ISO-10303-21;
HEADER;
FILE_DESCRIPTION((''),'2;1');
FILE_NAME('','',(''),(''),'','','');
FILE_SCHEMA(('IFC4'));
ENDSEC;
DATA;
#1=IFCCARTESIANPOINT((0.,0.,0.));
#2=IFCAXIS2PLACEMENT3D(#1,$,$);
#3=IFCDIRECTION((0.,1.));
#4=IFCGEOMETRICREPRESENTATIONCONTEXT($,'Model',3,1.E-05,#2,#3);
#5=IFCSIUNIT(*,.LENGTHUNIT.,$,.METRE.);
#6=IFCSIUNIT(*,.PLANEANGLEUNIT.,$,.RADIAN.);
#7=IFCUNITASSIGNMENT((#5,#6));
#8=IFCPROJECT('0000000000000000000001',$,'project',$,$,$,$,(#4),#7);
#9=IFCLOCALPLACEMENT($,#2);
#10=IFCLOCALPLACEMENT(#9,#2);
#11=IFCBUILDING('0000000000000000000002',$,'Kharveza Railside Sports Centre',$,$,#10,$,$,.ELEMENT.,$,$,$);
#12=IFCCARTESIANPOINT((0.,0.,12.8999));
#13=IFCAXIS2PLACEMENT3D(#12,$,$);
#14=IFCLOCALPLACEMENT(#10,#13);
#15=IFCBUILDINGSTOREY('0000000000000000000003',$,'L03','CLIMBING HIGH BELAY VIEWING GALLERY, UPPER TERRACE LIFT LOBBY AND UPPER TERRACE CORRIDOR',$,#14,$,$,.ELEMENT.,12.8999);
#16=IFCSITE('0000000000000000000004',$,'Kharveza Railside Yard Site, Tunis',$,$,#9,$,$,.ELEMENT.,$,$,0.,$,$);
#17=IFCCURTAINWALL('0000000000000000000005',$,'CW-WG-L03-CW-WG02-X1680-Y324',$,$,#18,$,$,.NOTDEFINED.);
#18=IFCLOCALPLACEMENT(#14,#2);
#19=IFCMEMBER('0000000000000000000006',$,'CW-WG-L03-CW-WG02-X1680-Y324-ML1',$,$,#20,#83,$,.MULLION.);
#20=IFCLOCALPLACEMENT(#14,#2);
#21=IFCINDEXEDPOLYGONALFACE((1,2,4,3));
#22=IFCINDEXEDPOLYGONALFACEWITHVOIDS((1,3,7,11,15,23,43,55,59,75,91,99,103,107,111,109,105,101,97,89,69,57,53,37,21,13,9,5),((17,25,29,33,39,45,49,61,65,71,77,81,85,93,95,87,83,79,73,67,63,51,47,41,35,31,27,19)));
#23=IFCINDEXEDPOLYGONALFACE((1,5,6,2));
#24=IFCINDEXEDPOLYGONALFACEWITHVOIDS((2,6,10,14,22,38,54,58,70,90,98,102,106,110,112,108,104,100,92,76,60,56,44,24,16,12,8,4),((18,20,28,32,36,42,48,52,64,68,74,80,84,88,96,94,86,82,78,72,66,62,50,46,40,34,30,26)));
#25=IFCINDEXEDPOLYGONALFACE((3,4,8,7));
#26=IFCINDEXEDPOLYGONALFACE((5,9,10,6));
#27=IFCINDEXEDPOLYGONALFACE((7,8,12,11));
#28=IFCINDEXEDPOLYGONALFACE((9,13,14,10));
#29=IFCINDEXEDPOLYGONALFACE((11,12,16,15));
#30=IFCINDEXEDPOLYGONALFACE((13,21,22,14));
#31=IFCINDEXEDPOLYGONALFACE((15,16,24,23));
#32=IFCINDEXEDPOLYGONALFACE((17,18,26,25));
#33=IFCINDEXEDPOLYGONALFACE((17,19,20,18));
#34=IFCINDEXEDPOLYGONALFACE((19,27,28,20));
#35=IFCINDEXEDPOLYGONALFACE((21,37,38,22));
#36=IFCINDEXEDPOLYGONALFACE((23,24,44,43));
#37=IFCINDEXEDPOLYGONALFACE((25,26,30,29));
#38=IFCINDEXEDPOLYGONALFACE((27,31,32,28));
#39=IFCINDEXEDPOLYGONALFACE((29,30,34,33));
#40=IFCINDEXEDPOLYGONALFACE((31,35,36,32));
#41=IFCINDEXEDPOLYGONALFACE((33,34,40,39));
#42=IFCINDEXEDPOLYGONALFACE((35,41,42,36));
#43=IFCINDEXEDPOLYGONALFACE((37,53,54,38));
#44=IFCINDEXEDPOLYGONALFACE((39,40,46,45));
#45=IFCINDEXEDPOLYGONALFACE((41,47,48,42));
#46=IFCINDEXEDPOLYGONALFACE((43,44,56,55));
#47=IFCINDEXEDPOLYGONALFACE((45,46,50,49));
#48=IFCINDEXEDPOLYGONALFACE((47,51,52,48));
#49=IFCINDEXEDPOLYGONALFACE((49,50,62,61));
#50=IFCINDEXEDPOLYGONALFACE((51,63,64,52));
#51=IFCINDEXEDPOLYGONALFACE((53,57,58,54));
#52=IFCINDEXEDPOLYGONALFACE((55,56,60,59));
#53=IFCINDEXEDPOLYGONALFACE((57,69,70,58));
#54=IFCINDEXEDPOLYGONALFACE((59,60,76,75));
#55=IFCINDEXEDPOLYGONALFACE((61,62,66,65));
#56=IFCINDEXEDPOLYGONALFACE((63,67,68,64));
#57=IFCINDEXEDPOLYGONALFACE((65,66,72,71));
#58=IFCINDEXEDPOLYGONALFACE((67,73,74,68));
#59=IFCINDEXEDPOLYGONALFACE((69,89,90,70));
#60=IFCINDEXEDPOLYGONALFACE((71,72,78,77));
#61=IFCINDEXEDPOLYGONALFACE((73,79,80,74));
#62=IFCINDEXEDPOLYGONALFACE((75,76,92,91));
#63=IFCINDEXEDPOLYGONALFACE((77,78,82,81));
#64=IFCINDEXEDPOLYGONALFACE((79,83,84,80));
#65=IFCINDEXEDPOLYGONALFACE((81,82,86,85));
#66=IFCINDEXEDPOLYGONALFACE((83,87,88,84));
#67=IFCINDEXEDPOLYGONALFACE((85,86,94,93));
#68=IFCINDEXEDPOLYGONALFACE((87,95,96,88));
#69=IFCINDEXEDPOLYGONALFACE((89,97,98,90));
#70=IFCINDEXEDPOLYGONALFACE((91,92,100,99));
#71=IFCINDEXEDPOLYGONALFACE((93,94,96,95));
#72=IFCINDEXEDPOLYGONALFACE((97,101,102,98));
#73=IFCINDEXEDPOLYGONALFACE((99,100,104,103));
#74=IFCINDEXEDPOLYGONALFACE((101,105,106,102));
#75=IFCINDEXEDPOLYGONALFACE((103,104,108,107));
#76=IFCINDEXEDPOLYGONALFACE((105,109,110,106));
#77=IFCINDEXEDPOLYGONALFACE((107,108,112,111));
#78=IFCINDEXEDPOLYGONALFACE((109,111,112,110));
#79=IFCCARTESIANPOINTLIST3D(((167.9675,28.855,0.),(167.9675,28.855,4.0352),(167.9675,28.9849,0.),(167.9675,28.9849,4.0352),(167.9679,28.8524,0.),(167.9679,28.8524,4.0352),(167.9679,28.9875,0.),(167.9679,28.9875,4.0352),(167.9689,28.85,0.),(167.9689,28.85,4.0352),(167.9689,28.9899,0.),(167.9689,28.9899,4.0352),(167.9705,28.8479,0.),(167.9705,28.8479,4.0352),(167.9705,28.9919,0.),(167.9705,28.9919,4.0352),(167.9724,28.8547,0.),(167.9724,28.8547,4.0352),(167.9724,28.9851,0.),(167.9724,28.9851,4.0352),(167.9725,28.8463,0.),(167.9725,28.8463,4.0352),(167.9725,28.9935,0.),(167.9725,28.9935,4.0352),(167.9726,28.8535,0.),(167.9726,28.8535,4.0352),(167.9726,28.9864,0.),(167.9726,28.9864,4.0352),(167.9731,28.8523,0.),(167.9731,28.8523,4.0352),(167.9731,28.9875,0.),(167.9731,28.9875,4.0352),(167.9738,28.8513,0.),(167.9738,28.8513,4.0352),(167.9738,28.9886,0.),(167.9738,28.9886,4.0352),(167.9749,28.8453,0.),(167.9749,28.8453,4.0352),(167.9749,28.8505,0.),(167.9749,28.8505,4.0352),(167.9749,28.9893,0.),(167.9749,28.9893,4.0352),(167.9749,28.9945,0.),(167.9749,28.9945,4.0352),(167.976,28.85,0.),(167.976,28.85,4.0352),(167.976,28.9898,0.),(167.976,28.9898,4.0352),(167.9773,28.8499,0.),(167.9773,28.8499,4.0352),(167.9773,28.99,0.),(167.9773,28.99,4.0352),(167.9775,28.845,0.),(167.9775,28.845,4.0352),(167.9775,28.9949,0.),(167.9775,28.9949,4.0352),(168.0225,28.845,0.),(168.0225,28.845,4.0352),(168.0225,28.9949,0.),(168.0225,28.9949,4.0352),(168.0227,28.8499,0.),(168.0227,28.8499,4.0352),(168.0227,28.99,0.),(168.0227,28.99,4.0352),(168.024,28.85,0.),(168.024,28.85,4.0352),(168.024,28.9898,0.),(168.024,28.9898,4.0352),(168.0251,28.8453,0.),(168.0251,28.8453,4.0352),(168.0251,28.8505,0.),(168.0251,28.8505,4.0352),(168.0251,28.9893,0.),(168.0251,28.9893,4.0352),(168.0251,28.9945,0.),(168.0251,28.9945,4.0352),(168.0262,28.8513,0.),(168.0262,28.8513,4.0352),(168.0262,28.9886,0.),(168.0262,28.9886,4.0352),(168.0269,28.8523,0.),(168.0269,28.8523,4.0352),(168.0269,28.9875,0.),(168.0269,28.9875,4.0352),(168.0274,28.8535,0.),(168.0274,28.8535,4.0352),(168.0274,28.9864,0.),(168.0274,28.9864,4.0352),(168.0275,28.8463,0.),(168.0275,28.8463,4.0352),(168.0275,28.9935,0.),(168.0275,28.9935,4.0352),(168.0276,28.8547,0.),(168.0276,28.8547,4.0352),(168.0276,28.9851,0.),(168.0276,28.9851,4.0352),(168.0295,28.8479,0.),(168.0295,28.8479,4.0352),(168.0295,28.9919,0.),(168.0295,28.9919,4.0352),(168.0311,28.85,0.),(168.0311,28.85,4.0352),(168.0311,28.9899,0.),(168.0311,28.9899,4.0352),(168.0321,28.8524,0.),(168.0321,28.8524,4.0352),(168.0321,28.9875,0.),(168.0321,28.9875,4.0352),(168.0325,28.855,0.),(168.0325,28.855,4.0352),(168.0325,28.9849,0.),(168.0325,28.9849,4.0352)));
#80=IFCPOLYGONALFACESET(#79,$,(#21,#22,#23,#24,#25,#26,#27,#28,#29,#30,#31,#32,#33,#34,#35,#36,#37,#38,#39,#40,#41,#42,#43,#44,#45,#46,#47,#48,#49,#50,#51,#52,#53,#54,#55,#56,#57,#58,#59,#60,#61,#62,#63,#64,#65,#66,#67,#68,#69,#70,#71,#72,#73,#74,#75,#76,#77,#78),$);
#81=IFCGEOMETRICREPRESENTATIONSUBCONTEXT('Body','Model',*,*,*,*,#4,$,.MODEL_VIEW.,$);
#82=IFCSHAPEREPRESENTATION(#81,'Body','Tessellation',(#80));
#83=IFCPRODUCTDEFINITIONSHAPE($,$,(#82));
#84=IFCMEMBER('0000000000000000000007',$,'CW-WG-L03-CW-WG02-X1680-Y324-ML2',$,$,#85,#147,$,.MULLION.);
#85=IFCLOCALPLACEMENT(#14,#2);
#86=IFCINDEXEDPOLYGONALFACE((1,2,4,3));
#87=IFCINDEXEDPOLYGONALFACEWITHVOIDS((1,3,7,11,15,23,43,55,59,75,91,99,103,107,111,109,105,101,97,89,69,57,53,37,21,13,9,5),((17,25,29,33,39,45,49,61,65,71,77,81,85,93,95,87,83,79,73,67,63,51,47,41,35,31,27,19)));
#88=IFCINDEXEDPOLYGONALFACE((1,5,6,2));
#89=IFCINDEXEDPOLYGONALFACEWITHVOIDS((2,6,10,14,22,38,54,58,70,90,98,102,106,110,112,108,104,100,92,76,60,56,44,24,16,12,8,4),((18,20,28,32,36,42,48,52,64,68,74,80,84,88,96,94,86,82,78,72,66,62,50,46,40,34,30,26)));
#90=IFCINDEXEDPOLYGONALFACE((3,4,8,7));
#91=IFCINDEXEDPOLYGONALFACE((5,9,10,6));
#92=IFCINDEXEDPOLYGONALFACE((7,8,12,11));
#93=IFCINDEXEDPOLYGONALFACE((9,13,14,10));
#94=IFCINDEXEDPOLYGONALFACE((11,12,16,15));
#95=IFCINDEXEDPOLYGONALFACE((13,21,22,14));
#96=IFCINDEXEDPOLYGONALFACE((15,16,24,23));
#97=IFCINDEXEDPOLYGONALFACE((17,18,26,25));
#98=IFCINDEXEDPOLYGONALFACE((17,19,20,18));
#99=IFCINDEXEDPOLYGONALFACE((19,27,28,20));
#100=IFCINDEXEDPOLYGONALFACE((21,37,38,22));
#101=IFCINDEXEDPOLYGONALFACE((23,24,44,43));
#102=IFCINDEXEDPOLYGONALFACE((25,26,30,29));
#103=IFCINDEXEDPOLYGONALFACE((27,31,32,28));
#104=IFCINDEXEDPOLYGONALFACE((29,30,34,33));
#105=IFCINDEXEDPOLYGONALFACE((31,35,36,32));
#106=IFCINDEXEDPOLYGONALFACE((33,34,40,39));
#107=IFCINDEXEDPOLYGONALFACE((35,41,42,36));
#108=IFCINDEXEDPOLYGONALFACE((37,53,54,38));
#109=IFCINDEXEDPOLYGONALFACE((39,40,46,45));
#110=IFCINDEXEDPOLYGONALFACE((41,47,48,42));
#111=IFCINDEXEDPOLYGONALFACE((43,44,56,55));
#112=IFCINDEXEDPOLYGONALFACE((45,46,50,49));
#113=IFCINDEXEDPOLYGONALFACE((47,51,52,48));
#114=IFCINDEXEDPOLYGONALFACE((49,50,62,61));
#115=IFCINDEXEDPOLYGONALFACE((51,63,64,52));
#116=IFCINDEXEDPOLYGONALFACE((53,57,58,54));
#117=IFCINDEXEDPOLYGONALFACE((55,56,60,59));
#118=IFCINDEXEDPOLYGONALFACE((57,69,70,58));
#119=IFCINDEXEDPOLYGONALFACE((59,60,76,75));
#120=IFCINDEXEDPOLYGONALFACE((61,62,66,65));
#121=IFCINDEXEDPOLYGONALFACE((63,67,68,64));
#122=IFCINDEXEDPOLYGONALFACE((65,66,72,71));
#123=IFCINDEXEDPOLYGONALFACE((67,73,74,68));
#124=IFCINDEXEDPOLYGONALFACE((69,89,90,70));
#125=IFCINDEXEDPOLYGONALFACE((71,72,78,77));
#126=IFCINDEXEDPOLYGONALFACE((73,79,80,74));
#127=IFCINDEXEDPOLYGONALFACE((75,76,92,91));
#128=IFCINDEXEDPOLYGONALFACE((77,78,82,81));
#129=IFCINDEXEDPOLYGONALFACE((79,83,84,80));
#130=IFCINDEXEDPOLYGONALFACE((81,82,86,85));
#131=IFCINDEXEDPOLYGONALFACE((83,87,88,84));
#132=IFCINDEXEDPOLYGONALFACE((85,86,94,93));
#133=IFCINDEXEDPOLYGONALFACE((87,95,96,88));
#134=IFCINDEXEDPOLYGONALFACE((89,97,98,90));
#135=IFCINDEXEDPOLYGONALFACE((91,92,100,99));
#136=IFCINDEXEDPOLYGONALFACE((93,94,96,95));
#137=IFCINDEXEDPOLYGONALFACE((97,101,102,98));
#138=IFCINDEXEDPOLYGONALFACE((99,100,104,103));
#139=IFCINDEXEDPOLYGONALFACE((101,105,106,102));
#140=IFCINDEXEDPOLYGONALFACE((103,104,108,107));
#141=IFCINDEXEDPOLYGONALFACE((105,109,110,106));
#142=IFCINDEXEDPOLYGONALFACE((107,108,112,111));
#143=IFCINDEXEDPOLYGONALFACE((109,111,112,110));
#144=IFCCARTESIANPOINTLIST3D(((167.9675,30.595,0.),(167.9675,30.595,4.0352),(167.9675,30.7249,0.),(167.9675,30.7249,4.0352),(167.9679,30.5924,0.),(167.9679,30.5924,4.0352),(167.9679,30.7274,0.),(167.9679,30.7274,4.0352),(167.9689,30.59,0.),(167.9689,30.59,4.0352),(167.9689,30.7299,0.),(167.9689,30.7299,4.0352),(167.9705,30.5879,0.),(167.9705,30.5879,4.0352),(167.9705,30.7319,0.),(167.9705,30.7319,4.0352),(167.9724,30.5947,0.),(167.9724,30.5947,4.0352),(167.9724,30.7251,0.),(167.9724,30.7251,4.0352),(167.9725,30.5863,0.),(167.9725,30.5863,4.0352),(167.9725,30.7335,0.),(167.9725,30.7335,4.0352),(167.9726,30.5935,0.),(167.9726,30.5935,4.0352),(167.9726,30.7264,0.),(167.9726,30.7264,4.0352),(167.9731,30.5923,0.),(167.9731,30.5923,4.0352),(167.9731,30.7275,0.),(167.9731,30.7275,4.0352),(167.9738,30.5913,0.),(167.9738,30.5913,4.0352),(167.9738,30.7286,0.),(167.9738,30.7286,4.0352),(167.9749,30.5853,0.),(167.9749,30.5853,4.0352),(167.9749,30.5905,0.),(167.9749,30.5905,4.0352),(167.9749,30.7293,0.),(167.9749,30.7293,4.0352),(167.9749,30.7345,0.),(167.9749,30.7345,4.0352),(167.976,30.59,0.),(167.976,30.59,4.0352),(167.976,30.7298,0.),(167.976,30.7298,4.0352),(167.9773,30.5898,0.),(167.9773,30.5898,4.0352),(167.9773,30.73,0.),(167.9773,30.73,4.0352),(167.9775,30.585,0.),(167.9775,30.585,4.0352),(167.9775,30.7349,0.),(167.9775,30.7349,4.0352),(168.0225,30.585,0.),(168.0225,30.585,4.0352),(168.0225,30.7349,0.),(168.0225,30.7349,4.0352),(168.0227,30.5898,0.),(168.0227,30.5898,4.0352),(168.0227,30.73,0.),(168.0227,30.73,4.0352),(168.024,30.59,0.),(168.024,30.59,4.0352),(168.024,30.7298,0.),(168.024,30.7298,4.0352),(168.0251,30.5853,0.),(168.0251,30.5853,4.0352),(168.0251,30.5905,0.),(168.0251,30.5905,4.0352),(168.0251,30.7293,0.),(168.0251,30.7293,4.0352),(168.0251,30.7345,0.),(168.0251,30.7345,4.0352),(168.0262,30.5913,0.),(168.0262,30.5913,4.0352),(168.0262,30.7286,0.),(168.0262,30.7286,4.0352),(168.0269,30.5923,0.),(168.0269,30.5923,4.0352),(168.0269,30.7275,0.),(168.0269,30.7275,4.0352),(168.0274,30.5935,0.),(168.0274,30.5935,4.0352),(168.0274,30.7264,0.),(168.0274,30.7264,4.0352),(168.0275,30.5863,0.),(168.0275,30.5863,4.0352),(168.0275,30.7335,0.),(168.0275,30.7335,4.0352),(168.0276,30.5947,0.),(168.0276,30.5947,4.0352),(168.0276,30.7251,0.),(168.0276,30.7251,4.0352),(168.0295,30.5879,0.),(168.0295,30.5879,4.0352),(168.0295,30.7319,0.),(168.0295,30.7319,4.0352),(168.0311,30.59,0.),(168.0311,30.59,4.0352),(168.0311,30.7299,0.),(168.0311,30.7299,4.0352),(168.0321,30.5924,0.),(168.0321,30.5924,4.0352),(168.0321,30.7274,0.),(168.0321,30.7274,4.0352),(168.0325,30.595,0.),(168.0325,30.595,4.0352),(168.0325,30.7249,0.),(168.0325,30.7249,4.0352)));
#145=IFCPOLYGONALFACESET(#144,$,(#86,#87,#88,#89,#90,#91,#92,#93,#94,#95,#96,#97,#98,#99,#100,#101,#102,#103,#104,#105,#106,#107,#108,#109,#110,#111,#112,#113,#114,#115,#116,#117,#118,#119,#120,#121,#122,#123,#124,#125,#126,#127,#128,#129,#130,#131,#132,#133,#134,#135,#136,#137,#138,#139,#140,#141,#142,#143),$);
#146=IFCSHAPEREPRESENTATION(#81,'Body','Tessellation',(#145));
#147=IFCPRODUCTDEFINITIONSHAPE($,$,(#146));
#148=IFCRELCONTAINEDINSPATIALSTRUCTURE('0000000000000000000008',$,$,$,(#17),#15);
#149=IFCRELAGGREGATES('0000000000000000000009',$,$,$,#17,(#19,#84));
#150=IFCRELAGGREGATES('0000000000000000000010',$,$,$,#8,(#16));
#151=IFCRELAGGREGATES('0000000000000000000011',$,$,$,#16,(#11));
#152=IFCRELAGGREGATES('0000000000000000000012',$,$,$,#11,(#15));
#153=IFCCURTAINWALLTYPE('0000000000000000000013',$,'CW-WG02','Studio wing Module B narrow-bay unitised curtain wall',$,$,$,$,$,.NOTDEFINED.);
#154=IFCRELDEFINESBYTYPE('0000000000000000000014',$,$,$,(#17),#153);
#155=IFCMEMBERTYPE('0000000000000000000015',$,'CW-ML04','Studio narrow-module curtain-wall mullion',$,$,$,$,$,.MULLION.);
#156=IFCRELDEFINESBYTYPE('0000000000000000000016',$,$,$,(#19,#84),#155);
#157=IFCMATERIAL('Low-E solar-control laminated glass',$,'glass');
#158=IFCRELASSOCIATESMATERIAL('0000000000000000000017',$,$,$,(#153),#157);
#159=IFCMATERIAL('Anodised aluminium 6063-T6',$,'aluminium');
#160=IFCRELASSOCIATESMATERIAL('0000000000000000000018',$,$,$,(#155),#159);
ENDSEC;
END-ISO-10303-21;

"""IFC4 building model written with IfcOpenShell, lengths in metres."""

from ifc_helpers import new_model, si_unit, direction, frame, origin, origin_2d, place, context, subcontext, project, spatial, hollow_rectangle, extrude, material, material_profile, profile_set, type_object, element, aggregate, save


model = new_model("IFC4")

# Units and contexts
model_context = context("Model", 3, precision=1e-05, world=origin(), true_north=direction((0.0, 1.0)))
body_context = subcontext(model_context, "Body", "Model", "MODEL_VIEW")
ifc_project = project(units=[si_unit("LENGTHUNIT", "METRE"), si_unit("PLANEANGLEUNIT", "RADIAN")], contexts=[model_context])

# Site, building, storey
site_placement = place(None, origin())
site = spatial("IfcSite", under=ifc_project, at=site_placement, Name="Kharveza Railside Yard Site, Tunis", CompositionType="ELEMENT", RefElevation=0.0)
building_placement = place(site_placement, origin())
building = spatial("IfcBuilding", under=site, at=building_placement, Name="Kharveza Railside Sports Centre", CompositionType="ELEMENT")
storey_placement = place(building_placement, frame((0.0, 0.0, 12.8999)))
storey = spatial("IfcBuildingStorey", under=building, at=storey_placement, Name="L03", Description="CLIMBING HIGH BELAY VIEWING GALLERY, UPPER TERRACE LIFT LOBBY AND UPPER TERRACE CORRIDOR", CompositionType="ELEMENT", Elevation=12.8999)

# Curtain wall, members
ifc_material_1 = material(Name="Low-E solar-control laminated glass", Category="glass")
curtain_wall_type = type_object("IfcCurtainWallType", Name="CW-WG02", Description="Studio wing Module B narrow-bay unitised curtain wall", PredefinedType="NOTDEFINED", material=ifc_material_1)
curtain_wall_placement = place(storey_placement, origin())
curtain_wall = element("IfcCurtainWall", 1, at=curtain_wall_placement, inside=storey, type_object=curtain_wall_type, Name="CW-WG-L03-CW-WG02-X1680-Y324", PredefinedType="NOTDEFINED")
ifc_material_2 = material(Name="Anodised aluminium 6063-T6", Category="aluminium")
ifc_material_profile_1 = material_profile(ifc_material_2, hollow_rectangle(XDim=0.0649, YDim=0.1499, WallThickness=0.0049, InnerFilletRadius=0.0049, OuterFilletRadius=0.01, at=origin_2d()), Name="RHS 65x150x5.0")
ifc_profile_set_1 = profile_set([ifc_material_profile_1], Name="Anodised aluminium 6063-T6")
member_type_1 = type_object("IfcMemberType", Name="CW-ML04", Description="Studio narrow-module curtain-wall mullion", PredefinedType="MULLION", material=ifc_profile_set_1)
member_1_placement = place(storey_placement, frame((168.0, 28.9199, 0.0), z_axis=(0.0, 0.0, 1.0), x_axis=(1.0, 0.0, 0.0)))
member_1 = element("IfcMember", 2, at=member_1_placement, type_object=member_type_1, Name="CW-WG-L03-CW-WG02-X1680-Y324-ML1", PredefinedType="MULLION", context=body_context, shape_type="SweptSolid", body=[
    extrude(hollow_rectangle(XDim=0.0649, YDim=0.1499, WallThickness=0.0049, InnerFilletRadius=0.0049, OuterFilletRadius=0.01, at=origin_2d()), origin(), (0.0, 0.0, 1.0), 4.0352),
])
member_2_placement = place(storey_placement, frame((168.0, 30.6599, 0.0), z_axis=(0.0, 0.0, 1.0), x_axis=(1.0, 0.0, 0.0)))
member_2 = element("IfcMember", 3, at=member_2_placement, type_object=member_type_1, Name="CW-WG-L03-CW-WG02-X1680-Y324-ML2", PredefinedType="MULLION", context=body_context, shape_type="SweptSolid", body=[
    extrude(hollow_rectangle(XDim=0.0649, YDim=0.1499, WallThickness=0.0049, InnerFilletRadius=0.0049, OuterFilletRadius=0.01, at=origin_2d()), origin(), (0.0, 0.0, 1.0), 4.0352),
])

aggregate(curtain_wall, [member_1, member_2])

save(model, "model.ifc")
